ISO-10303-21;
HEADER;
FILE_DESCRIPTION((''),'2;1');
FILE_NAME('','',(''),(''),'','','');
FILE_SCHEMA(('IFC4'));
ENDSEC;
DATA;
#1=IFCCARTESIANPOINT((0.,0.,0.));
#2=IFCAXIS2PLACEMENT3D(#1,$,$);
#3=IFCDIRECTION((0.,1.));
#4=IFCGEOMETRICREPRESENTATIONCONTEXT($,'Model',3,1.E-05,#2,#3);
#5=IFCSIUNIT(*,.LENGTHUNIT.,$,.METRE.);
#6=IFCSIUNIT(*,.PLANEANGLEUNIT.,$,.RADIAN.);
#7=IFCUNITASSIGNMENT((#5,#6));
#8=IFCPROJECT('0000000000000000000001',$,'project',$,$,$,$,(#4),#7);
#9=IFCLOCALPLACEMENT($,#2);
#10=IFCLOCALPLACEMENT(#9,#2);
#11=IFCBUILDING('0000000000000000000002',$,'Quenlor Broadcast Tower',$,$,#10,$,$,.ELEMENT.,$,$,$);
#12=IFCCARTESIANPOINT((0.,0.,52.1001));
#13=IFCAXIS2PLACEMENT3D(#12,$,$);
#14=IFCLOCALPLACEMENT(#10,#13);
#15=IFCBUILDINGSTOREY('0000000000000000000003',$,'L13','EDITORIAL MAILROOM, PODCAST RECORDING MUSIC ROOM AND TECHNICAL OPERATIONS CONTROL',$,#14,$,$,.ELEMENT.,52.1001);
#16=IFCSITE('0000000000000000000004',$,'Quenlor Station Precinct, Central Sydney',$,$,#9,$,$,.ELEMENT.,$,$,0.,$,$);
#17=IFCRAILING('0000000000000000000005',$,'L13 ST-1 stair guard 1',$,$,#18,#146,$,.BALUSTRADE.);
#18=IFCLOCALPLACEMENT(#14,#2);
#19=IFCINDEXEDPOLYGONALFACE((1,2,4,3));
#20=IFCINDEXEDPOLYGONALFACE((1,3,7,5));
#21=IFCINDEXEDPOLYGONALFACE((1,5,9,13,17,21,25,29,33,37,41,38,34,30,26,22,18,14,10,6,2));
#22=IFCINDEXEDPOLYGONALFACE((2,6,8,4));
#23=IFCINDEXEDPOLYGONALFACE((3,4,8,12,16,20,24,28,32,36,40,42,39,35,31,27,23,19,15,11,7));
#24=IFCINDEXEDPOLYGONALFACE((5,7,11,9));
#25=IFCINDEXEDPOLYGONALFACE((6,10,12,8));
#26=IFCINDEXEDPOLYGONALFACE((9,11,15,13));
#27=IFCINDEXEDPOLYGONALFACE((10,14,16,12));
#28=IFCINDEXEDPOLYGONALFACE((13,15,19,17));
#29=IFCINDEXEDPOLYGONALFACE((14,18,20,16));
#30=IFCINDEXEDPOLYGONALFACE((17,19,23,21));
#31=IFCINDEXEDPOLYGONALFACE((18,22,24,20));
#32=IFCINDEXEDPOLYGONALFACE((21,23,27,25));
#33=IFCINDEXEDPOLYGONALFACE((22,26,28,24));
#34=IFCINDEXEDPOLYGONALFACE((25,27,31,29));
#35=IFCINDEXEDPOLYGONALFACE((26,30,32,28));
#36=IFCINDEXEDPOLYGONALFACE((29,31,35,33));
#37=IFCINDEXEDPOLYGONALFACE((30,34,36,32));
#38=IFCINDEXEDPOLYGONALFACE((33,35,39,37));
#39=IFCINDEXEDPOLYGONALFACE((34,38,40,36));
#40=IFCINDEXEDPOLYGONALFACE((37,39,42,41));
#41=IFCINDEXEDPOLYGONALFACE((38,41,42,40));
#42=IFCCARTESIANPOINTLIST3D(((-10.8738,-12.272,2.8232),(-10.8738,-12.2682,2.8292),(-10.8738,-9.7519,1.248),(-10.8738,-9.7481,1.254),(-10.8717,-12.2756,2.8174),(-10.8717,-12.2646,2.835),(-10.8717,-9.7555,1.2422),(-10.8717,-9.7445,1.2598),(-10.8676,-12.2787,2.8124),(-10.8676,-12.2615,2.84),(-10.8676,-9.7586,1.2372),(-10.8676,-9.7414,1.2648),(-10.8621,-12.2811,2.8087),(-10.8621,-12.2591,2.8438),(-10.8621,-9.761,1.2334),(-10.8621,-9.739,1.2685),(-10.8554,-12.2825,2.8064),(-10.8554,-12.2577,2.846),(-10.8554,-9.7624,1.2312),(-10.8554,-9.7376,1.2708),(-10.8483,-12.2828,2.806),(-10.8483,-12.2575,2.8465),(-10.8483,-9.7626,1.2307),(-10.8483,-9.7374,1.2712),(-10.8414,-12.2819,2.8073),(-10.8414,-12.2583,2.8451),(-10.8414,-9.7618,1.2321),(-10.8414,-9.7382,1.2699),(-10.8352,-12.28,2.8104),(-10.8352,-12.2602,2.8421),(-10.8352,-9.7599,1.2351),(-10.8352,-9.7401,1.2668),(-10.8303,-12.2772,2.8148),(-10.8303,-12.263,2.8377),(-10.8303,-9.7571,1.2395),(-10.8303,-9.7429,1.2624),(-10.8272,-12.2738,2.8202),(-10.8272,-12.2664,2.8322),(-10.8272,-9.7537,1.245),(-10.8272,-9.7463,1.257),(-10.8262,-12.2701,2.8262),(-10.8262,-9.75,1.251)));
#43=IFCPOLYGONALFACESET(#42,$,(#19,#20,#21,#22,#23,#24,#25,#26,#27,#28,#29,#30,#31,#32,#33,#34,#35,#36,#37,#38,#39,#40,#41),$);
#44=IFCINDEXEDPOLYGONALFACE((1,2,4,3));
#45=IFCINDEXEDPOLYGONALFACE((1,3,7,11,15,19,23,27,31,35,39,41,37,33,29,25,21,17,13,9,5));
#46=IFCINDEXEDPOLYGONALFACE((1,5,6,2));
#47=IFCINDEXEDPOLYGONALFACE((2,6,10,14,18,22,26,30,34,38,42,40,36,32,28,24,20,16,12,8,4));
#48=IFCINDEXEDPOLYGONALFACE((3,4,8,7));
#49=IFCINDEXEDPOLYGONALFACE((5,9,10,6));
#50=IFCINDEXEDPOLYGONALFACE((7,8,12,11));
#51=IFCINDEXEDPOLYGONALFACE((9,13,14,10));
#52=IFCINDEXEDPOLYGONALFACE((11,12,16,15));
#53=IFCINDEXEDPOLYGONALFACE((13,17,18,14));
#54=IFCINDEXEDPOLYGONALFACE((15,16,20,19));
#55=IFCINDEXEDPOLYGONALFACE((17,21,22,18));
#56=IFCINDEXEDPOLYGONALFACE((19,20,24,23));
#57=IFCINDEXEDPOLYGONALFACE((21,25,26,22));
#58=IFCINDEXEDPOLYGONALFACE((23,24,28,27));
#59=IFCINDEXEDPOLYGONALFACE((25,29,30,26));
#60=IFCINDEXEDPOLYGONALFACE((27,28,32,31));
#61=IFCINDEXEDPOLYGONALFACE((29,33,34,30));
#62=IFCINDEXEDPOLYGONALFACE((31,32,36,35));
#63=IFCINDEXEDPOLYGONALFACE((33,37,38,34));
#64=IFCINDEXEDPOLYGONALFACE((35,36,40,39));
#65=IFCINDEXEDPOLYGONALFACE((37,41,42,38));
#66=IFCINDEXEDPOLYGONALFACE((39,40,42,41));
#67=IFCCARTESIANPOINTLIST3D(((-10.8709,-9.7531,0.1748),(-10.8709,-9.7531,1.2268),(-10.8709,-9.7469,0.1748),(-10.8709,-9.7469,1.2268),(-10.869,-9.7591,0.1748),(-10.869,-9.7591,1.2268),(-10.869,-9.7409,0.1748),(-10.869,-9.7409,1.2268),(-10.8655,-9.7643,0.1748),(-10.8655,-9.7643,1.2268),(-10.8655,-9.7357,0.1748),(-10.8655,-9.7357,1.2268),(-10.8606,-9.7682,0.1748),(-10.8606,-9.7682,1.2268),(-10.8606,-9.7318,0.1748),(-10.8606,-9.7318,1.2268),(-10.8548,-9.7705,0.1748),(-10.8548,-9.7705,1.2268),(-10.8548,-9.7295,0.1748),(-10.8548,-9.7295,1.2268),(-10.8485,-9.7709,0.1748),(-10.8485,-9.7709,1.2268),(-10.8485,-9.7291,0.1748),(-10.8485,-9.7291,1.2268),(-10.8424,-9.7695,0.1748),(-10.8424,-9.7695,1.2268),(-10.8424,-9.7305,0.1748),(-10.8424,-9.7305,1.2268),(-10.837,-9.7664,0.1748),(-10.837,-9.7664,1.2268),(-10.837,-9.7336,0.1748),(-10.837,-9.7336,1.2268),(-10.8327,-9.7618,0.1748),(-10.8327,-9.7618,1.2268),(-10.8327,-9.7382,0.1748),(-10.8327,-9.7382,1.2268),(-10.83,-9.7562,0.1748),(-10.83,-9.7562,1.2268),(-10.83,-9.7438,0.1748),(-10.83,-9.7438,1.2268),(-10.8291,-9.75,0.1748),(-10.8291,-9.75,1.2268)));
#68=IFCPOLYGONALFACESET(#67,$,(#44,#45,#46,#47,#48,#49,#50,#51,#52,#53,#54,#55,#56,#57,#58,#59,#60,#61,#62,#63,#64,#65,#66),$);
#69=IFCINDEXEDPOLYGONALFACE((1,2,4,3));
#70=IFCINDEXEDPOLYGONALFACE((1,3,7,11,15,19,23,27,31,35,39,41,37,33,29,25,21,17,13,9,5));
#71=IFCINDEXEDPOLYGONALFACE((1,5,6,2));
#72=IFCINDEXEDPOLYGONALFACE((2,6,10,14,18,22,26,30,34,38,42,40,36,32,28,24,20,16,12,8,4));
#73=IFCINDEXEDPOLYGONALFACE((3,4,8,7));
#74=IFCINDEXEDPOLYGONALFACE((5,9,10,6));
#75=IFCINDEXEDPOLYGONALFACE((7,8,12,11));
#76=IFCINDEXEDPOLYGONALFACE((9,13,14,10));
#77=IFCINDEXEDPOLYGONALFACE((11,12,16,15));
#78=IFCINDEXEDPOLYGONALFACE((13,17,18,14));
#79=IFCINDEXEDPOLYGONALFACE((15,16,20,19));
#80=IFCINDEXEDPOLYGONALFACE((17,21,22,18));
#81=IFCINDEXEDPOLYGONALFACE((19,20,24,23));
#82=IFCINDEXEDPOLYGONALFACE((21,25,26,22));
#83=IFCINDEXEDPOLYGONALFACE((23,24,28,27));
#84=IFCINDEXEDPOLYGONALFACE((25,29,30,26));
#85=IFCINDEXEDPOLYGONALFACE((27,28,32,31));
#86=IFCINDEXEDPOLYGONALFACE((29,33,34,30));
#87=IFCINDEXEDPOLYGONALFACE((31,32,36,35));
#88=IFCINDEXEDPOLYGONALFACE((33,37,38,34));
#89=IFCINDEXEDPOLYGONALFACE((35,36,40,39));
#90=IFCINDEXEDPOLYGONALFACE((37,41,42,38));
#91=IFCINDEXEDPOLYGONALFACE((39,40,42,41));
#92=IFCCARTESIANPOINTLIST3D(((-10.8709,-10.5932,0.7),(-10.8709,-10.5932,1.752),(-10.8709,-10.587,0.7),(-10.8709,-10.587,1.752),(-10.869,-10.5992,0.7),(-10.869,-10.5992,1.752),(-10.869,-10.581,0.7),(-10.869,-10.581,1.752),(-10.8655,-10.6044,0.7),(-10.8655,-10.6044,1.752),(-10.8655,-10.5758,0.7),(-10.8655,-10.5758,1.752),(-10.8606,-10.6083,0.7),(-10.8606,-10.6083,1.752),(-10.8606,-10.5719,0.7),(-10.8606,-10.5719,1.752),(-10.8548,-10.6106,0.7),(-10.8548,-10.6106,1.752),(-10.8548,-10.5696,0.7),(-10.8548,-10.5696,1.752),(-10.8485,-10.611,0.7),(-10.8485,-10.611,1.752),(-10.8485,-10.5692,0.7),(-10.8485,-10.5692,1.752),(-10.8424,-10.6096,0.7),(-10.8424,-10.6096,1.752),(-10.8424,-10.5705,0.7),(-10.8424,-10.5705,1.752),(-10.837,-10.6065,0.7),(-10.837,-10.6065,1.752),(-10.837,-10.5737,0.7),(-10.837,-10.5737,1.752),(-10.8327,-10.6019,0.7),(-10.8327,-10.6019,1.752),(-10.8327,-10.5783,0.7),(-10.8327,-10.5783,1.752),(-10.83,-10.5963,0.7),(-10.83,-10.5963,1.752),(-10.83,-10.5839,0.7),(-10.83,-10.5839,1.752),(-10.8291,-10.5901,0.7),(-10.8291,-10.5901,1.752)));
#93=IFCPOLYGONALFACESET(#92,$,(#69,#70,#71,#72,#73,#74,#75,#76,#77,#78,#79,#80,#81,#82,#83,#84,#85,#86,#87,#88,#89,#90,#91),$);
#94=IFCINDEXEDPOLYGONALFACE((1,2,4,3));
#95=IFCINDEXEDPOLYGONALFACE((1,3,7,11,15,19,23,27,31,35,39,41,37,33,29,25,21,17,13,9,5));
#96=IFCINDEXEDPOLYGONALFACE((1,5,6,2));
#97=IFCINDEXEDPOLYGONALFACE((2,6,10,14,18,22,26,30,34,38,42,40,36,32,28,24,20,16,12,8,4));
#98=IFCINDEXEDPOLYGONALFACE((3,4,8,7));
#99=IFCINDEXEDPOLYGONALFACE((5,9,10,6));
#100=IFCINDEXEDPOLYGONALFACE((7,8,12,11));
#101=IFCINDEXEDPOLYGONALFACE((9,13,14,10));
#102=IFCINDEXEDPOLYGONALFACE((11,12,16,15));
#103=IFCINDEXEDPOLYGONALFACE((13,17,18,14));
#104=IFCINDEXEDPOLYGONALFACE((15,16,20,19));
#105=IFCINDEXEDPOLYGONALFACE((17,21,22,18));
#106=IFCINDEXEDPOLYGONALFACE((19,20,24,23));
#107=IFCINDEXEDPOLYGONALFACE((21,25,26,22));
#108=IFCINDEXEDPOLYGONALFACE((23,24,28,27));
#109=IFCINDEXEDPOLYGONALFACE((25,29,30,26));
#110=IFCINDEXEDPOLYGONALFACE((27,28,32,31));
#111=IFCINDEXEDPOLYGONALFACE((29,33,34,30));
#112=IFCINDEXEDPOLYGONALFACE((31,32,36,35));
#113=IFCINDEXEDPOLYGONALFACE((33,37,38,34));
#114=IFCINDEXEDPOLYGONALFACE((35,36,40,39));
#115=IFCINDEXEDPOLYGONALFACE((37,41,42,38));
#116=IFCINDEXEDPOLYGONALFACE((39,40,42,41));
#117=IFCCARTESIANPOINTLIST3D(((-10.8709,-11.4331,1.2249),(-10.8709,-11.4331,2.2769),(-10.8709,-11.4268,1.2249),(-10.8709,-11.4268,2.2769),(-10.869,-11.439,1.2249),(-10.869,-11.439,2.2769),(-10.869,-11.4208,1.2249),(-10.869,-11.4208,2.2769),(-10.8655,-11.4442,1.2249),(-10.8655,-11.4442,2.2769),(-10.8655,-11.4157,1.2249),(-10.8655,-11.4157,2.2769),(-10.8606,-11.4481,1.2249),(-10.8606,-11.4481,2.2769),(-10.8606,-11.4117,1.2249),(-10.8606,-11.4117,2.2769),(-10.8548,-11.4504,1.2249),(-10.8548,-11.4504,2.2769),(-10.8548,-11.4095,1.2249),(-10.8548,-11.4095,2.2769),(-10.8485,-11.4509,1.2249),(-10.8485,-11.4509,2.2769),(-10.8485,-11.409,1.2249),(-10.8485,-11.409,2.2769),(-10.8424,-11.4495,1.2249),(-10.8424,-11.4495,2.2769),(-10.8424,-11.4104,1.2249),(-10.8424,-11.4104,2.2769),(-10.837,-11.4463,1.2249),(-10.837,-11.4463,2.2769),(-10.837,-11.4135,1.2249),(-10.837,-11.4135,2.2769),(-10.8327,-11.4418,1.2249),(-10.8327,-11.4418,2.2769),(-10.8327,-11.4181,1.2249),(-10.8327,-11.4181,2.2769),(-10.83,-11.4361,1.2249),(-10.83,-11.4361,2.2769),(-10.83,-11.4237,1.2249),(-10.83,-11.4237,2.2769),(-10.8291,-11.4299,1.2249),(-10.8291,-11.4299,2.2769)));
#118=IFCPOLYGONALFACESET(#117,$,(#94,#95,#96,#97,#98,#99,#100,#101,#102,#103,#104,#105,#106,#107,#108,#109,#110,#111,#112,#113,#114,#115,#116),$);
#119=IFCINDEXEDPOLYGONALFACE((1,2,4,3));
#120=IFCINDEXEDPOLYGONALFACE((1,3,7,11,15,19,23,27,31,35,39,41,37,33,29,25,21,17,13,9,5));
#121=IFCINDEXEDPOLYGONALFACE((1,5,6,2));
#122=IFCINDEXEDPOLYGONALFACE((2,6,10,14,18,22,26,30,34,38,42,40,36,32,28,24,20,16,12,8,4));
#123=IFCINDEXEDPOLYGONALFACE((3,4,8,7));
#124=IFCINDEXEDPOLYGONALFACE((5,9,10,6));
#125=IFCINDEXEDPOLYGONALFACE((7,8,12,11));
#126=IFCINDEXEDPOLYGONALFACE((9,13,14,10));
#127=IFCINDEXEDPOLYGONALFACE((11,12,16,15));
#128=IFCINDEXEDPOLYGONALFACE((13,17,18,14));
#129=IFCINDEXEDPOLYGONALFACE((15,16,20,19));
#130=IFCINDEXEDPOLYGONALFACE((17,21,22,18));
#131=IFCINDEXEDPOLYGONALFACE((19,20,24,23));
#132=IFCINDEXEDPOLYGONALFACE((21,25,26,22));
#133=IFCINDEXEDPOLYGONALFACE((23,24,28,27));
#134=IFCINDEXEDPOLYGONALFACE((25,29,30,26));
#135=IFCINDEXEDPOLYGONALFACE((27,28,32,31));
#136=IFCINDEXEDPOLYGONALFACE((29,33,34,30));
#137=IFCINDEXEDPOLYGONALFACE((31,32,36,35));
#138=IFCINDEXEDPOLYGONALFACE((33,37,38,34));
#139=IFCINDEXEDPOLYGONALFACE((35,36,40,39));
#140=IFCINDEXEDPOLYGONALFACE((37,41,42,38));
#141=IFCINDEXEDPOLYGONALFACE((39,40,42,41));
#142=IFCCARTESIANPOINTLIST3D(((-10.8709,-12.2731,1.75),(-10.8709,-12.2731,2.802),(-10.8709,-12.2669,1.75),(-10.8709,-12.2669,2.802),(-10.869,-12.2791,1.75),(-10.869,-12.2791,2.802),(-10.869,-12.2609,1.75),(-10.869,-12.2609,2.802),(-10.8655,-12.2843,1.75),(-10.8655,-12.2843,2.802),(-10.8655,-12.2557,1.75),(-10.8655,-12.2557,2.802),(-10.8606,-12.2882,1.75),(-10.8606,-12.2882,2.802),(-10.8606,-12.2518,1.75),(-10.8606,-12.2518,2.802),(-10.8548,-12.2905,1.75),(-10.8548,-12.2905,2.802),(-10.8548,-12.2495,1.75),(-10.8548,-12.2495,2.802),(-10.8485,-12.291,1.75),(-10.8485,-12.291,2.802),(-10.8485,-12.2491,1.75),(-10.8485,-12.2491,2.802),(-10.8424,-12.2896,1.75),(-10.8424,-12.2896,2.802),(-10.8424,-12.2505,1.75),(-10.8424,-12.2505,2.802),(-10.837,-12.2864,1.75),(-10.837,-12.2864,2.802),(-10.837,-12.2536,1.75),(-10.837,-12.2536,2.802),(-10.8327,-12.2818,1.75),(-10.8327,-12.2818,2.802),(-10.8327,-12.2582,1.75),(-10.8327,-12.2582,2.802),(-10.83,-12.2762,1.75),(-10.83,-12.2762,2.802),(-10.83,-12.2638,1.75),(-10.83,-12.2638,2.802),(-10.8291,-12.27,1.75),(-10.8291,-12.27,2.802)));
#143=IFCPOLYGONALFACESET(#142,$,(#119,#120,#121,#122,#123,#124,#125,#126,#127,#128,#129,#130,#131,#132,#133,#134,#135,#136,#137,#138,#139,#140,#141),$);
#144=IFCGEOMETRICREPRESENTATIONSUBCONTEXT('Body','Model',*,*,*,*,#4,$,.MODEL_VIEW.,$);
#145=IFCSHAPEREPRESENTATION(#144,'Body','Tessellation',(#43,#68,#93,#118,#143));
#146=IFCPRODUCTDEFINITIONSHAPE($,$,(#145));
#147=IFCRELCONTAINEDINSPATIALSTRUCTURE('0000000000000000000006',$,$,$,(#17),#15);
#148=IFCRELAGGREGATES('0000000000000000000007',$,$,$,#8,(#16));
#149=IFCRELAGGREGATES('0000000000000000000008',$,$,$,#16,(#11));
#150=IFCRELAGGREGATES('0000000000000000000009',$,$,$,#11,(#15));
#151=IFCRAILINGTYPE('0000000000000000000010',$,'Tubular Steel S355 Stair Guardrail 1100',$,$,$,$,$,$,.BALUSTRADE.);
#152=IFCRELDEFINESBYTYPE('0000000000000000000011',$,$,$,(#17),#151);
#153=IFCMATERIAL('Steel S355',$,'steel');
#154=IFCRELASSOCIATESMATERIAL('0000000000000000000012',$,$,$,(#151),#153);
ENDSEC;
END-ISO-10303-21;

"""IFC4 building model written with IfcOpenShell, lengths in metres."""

from ifc_helpers import new_model, si_unit, direction, frame, origin, origin_2d, place, context, subcontext, project, spatial, circle, extrude, material, type_object, element, save


model = new_model("IFC4")

# Units and contexts
model_context = context("Model", 3, precision=1e-05, world=origin(), true_north=direction((0.0, 1.0)))
body_context = subcontext(model_context, "Body", "Model", "MODEL_VIEW")
ifc_project = project(units=[si_unit("LENGTHUNIT", "METRE"), si_unit("PLANEANGLEUNIT", "RADIAN")], contexts=[model_context])

# Site, building, storey
site_placement = place(None, origin())
site = spatial("IfcSite", under=ifc_project, at=site_placement, Name="Quenlor Station Precinct, Central Sydney", CompositionType="ELEMENT", RefElevation=0.0)
building_placement = place(site_placement, origin())
building = spatial("IfcBuilding", under=site, at=building_placement, Name="Quenlor Broadcast Tower", CompositionType="ELEMENT")
storey_placement = place(building_placement, frame((0.0, 0.0, 52.1001)))
storey = spatial("IfcBuildingStorey", under=building, at=storey_placement, Name="L13", Description="EDITORIAL MAILROOM, PODCAST RECORDING MUSIC ROOM AND TECHNICAL OPERATIONS CONTROL", CompositionType="ELEMENT", Elevation=52.1001)

# Railing
ifc_material_1 = material(Name="Steel S355", Category="steel")
railing_type_1 = type_object("IfcRailingType", Name="Tubular Steel S355 Stair Guardrail 1100", PredefinedType="BALUSTRADE", material=ifc_material_1)
railing_1_placement = place(storey_placement, frame((-10.8501, -9.75, 0.1748)))
element("IfcRailing", 1, at=railing_1_placement, inside=storey, type_object=railing_type_1, Name="L13 ST-1 stair guard 1", PredefinedType="BALUSTRADE", context=body_context, shape_type="SweptSolid", body=[
    extrude(circle(Radius=0.0239, at=origin_2d()), frame((0.0, 0.0, 1.0762), z_axis=(0.0, -0.847971, 0.530043), x_axis=(1.0, 0.0, 0.0)), (0.0, 0.0, 1.0), 2.9719),
    extrude(circle(Radius=0.021, at=origin_2d()), origin(), (0.0, 0.0, 1.0), 1.052),
    extrude(circle(Radius=0.021, at=origin_2d()), frame((0.0, -0.8401, 0.5251)), (0.0, 0.0, 1.0), 1.052),
    extrude(circle(Radius=0.021, at=origin_2d()), frame((0.0, -1.6799, 1.05)), (0.0, 0.0, 1.0), 1.052),
    extrude(circle(Radius=0.021, at=origin_2d()), frame((0.0, -2.52, 1.5752)), (0.0, 0.0, 1.0), 1.052),
])

save(model, "model.ifc")
